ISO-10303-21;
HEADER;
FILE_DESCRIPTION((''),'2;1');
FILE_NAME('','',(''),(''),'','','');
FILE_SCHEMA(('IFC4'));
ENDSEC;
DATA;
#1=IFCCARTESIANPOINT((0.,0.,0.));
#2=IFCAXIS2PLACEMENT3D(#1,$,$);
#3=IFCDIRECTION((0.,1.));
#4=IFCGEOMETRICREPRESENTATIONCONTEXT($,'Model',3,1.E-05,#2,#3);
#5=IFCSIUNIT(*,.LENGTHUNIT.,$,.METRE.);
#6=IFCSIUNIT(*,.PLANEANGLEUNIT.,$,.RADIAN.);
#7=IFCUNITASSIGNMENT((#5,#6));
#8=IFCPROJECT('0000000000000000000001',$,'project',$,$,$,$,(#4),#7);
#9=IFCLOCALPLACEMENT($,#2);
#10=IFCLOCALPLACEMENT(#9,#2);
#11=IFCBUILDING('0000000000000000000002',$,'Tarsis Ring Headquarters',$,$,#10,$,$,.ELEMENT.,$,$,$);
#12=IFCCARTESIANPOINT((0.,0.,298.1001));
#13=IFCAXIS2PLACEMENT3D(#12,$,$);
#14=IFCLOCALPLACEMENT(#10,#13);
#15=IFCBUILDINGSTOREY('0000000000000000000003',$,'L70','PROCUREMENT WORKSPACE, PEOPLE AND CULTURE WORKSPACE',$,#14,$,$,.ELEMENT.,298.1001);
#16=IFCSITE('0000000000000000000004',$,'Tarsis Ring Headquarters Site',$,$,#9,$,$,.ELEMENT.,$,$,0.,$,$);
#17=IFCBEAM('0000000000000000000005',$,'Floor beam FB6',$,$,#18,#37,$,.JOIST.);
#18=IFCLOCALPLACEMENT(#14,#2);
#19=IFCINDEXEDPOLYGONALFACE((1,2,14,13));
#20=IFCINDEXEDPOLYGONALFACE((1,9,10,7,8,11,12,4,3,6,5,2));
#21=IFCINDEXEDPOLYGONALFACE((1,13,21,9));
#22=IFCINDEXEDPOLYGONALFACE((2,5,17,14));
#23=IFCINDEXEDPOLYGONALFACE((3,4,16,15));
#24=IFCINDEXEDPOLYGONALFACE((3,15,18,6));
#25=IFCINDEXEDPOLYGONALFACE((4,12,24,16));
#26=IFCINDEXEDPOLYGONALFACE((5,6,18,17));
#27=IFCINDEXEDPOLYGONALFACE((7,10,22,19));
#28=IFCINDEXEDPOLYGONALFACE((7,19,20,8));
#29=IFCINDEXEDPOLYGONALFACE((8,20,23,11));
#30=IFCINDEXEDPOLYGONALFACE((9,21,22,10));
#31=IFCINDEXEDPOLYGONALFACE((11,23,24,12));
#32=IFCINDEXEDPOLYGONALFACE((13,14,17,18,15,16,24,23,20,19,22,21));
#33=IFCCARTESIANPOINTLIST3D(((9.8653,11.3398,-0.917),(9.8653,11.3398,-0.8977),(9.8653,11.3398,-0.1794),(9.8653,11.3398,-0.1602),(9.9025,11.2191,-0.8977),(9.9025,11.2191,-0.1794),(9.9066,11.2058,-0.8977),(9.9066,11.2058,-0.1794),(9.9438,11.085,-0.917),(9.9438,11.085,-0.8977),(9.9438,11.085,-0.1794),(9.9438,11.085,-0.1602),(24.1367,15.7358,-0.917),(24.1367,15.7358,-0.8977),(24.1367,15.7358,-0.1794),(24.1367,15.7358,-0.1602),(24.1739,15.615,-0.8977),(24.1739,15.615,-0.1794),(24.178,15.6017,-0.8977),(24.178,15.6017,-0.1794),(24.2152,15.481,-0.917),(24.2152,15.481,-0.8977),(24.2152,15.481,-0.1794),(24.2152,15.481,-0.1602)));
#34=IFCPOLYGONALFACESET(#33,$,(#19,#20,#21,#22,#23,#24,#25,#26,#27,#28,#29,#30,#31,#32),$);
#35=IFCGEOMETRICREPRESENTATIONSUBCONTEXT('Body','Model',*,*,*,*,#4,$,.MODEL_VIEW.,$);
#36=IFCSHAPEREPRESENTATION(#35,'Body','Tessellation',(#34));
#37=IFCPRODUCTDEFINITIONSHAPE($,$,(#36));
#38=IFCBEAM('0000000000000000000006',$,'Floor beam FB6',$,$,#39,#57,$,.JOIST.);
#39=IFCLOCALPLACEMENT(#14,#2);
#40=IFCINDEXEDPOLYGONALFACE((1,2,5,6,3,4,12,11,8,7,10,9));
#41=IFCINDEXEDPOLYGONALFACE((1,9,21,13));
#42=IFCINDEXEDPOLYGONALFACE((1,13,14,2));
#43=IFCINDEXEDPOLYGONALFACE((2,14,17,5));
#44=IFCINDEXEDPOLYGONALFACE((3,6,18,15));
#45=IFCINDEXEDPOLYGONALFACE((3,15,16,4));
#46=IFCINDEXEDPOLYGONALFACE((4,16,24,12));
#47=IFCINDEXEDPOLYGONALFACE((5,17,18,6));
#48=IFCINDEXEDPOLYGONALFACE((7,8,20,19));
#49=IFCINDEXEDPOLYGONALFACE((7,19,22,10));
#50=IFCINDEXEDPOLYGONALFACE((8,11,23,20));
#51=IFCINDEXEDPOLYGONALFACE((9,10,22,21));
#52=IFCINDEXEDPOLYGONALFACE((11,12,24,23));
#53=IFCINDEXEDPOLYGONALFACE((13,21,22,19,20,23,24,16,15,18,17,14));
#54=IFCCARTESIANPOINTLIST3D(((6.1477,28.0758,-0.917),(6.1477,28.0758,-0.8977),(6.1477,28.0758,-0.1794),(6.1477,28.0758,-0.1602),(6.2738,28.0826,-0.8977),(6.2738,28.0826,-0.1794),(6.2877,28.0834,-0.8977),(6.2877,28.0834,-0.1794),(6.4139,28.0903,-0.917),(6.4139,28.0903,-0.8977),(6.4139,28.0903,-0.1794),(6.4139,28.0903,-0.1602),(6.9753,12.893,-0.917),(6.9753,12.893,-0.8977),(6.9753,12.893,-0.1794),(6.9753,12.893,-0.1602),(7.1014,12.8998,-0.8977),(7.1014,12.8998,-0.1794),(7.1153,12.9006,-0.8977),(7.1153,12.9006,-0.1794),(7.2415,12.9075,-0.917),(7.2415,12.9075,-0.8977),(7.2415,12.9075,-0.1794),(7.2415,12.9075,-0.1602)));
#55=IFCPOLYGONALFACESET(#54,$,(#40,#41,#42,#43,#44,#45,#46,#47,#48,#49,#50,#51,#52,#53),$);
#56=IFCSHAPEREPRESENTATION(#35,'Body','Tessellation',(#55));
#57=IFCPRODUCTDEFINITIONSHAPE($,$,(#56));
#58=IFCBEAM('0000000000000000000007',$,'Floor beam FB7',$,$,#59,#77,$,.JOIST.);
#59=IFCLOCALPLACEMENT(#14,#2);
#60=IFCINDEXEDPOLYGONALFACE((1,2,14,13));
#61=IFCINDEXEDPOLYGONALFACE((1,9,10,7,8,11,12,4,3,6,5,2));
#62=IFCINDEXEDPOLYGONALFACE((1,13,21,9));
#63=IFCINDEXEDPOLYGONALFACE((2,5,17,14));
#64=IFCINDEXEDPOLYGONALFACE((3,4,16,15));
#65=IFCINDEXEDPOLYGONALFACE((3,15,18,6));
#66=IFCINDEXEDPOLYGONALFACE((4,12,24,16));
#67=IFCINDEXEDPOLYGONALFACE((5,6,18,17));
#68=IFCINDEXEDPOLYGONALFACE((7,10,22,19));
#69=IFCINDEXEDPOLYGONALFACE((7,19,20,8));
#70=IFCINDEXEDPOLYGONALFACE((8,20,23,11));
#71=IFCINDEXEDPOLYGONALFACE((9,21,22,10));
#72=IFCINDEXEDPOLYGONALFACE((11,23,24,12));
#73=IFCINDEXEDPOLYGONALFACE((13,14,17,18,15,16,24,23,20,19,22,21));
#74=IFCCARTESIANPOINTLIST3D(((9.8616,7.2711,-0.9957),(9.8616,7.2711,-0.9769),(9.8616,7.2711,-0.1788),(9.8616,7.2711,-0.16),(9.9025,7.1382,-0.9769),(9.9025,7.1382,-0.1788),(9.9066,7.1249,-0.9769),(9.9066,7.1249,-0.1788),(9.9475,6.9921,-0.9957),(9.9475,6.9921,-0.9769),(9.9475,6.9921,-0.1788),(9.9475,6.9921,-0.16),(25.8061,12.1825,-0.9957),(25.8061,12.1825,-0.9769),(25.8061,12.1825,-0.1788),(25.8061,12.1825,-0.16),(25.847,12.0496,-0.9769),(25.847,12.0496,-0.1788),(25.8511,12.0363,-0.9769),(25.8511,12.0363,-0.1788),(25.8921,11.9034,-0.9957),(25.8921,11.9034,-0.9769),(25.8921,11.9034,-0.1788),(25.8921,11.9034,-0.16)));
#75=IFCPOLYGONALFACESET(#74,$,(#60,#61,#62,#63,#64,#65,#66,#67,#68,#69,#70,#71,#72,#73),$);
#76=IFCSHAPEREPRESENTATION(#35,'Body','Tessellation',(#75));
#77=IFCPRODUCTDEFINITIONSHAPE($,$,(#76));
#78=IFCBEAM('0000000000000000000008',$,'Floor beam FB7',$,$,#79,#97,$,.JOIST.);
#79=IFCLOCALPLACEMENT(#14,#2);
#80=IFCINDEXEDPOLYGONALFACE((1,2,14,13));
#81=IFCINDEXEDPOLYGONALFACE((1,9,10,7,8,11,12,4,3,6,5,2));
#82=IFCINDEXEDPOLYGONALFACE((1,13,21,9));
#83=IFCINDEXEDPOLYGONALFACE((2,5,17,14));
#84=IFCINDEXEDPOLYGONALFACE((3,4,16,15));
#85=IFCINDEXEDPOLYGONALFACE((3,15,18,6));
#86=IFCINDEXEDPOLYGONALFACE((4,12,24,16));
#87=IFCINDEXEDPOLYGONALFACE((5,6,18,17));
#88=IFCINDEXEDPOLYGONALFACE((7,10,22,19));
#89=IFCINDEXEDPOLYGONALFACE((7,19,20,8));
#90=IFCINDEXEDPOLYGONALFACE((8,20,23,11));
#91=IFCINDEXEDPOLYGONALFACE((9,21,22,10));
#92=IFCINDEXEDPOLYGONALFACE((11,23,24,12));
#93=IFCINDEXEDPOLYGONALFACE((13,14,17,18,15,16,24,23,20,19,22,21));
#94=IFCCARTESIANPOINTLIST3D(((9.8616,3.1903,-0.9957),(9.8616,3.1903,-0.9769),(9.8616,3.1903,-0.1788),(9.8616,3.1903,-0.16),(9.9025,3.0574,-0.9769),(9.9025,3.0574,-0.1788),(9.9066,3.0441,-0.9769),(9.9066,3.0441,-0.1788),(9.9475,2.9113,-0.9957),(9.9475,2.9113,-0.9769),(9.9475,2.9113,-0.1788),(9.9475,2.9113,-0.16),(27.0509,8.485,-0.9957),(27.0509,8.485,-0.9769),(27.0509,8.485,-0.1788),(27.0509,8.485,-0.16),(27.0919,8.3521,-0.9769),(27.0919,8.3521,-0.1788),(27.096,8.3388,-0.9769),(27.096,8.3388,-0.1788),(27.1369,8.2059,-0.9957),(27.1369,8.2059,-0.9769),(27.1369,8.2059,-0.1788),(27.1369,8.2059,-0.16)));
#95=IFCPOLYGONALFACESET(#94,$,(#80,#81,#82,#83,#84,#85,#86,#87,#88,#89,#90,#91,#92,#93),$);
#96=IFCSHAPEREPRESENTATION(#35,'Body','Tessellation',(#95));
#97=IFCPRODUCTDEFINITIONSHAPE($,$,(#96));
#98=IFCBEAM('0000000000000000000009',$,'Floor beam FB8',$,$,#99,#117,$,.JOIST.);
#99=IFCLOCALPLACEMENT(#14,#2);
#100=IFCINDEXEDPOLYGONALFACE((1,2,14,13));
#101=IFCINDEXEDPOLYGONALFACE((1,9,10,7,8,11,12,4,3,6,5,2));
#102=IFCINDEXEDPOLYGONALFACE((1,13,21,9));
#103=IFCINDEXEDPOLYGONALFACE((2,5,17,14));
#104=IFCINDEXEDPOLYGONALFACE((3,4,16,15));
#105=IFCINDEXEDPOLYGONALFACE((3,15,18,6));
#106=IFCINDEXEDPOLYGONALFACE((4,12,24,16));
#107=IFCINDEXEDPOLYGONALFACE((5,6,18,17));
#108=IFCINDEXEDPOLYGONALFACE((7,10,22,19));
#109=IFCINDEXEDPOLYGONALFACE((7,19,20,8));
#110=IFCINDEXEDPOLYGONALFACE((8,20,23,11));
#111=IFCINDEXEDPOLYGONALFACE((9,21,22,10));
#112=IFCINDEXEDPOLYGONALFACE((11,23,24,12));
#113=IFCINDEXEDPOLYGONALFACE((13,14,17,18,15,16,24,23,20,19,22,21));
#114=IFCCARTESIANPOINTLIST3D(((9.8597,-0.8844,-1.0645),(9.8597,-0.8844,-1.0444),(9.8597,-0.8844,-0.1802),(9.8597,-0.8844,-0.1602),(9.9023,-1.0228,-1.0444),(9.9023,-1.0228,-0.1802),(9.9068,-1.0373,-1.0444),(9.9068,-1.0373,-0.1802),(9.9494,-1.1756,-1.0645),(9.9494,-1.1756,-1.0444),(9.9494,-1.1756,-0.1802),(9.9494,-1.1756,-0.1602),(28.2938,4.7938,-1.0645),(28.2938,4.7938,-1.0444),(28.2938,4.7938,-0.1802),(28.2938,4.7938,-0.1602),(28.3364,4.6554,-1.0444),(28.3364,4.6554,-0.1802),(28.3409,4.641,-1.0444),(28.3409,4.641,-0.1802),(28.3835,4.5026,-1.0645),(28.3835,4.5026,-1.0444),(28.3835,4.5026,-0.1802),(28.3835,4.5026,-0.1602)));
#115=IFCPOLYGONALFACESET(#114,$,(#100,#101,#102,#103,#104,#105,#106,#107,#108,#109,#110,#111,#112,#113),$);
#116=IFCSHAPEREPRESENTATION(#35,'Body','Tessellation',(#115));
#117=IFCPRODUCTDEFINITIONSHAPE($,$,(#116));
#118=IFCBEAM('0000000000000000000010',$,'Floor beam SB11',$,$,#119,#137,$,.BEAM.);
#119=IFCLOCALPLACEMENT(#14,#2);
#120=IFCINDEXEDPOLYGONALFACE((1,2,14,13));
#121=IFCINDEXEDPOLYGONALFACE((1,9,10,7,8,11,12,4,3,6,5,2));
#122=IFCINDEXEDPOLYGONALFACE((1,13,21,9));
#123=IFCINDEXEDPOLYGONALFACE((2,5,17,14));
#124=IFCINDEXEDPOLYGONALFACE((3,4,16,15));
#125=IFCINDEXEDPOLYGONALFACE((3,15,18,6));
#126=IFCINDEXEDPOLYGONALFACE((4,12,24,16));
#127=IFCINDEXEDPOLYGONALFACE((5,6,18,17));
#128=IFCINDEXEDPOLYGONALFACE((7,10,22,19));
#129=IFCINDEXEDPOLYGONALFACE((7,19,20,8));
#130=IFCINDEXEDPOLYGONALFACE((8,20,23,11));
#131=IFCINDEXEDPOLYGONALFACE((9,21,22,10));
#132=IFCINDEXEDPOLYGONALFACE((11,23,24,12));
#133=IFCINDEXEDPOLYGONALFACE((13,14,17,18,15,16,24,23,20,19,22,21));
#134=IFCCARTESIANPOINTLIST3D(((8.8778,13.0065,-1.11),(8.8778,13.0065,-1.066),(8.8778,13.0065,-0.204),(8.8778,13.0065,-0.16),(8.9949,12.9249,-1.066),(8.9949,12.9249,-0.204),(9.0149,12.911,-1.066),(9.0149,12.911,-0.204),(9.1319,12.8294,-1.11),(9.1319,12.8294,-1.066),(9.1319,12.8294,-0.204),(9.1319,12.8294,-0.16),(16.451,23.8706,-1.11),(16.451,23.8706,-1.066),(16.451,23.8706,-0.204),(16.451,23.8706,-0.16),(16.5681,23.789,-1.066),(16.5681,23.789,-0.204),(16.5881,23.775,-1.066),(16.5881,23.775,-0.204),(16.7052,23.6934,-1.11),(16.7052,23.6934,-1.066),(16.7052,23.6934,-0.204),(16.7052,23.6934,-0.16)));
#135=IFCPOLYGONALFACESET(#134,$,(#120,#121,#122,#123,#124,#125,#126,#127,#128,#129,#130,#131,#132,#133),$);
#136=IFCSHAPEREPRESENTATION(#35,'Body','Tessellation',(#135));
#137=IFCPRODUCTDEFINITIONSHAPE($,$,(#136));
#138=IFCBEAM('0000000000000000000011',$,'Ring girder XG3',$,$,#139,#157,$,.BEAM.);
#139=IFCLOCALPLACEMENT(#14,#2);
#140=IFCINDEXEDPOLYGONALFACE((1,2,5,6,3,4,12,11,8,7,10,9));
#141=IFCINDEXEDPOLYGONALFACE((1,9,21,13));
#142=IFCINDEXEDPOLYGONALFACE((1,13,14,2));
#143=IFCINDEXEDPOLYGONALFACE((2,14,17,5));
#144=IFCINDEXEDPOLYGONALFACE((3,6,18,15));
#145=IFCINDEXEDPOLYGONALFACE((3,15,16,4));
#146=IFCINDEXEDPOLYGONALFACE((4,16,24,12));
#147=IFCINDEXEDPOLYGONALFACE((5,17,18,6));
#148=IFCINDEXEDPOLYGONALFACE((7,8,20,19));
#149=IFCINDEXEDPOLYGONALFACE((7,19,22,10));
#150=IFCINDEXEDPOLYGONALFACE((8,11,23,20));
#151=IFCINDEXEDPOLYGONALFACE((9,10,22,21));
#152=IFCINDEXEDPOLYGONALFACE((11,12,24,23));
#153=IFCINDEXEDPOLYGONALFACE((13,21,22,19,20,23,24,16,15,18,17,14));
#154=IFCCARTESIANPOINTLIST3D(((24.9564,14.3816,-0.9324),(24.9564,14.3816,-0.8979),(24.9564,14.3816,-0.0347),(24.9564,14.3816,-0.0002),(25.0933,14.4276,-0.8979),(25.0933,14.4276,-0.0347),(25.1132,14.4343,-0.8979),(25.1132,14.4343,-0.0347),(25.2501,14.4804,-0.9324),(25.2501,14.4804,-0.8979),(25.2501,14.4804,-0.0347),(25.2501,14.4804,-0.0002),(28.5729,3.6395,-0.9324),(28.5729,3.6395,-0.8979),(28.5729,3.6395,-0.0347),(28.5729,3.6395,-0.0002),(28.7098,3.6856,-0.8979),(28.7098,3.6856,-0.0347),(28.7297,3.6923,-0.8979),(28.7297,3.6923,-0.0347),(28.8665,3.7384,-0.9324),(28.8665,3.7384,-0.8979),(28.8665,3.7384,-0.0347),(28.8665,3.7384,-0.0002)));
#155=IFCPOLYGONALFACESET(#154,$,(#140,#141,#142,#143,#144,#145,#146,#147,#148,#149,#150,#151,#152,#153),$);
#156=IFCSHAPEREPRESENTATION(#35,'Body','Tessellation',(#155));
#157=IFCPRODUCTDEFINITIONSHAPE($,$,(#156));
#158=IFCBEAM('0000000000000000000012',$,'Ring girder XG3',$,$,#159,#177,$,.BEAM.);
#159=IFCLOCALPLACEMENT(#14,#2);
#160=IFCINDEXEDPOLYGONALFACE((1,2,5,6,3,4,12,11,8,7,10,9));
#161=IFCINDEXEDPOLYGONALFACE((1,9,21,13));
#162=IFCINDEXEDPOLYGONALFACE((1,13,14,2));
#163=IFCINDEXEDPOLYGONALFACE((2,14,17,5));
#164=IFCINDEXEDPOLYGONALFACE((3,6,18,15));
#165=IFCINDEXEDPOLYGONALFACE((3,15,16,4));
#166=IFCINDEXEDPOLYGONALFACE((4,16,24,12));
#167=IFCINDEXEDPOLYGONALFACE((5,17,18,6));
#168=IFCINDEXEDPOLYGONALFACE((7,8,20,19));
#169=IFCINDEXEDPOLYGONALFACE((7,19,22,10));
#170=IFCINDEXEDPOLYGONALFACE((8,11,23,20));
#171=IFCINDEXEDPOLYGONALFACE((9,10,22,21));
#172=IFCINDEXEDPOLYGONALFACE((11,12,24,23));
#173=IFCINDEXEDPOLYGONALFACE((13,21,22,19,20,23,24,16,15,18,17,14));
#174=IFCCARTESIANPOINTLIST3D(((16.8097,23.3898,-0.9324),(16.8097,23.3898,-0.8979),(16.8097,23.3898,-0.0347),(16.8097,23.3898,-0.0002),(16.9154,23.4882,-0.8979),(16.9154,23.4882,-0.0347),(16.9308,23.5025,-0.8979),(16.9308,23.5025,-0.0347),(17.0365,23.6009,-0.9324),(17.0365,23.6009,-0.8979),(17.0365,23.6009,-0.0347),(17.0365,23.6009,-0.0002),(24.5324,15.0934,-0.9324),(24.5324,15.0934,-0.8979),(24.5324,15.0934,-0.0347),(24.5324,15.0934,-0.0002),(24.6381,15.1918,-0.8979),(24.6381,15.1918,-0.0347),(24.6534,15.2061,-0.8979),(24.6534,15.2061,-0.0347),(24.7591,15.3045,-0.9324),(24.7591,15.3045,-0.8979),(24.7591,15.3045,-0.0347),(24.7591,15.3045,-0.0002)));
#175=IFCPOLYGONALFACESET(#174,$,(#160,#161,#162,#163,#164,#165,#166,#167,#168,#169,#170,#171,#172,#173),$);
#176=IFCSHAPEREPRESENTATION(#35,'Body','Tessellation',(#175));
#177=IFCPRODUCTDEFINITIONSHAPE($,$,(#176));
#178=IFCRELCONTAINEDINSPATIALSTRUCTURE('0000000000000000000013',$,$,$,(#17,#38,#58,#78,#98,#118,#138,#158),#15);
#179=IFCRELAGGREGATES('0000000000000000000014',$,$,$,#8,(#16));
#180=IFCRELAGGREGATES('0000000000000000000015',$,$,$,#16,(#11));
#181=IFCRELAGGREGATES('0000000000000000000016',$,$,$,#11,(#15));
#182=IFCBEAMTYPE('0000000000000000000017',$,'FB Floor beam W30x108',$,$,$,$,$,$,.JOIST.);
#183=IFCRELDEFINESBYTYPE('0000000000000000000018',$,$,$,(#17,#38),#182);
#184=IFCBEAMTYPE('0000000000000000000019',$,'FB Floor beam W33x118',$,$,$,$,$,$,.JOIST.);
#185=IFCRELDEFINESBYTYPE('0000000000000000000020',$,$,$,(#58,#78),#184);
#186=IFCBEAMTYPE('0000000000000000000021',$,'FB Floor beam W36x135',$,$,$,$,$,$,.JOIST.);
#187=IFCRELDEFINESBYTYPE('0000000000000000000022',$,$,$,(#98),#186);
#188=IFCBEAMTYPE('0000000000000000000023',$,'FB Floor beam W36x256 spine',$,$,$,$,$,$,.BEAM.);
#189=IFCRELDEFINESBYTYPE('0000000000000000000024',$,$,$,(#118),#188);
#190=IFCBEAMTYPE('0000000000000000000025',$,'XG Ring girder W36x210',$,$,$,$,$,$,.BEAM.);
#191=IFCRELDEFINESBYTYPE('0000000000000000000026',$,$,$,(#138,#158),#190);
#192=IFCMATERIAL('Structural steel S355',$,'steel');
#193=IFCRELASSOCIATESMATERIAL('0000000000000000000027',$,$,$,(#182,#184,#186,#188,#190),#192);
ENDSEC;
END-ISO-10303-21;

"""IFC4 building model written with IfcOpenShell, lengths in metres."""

from ifc_helpers import new_model, si_unit, direction, frame, origin, origin_2d, place, context, subcontext, project, spatial, i_section, extrude, material, material_profile, profile_set, type_object, element, save


model = new_model("IFC4")

# Units and contexts
model_context = context("Model", 3, precision=1e-05, world=origin(), true_north=direction((0.0, 1.0)))
body_context = subcontext(model_context, "Body", "Model", "MODEL_VIEW")
ifc_project = project(units=[si_unit("LENGTHUNIT", "METRE"), si_unit("PLANEANGLEUNIT", "RADIAN")], contexts=[model_context])

# Site, building, storey
site_placement = place(None, origin())
site = spatial("IfcSite", under=ifc_project, at=site_placement, Name="Tarsis Ring Headquarters Site", CompositionType="ELEMENT", RefElevation=0.0)
building_placement = place(site_placement, origin())
building = spatial("IfcBuilding", under=site, at=building_placement, Name="Tarsis Ring Headquarters", CompositionType="ELEMENT")
storey_placement = place(building_placement, frame((0.0, 0.0, 298.1001)))
storey = spatial("IfcBuildingStorey", under=building, at=storey_placement, Name="L70", Description="PROCUREMENT WORKSPACE, PEOPLE AND CULTURE WORKSPACE", CompositionType="ELEMENT", Elevation=298.1001)

# Shared definitions
ifc_material_1 = material(Name="Structural steel S355", Category="steel")

# Beams
ifc_material_profile_1 = material_profile(ifc_material_1, i_section(OverallWidth=0.2666, OverallDepth=0.7568, WebThickness=0.0139, FlangeThickness=0.0193, at=origin_2d()), Name="W30x108")
ifc_profile_set_1 = profile_set([ifc_material_profile_1], Name="Structural steel S355")
beam_type_1 = type_object("IfcBeamType", Name="FB Floor beam W30x108", PredefinedType="JOIST", material=ifc_profile_set_1)
beam_1_placement = place(storey_placement, frame((9.9045, 11.2124, -0.5386), z_axis=(0.955689, 0.294378, 0.0), x_axis=(-0.294378, 0.955689, 0.0)))
element("IfcBeam", 1, at=beam_1_placement, inside=storey, type_object=beam_type_1, Name="Floor beam FB6", PredefinedType="JOIST", context=body_context, shape_type="SweptSolid", body=[
    extrude(i_section(OverallWidth=0.2666, OverallDepth=0.7568, WebThickness=0.0139, FlangeThickness=0.0193, at=origin_2d()), origin(), (0.0, 0.0, 1.0), 14.9331),
])
beam_2_placement = place(storey_placement, frame((6.2808, 28.083, -0.5386), z_axis=(0.05443, -0.998518, 0.0), x_axis=(0.998518, 0.05443, 0.0)))
element("IfcBeam", 2, at=beam_2_placement, inside=storey, type_object=beam_type_1, Name="Floor beam FB6", PredefinedType="JOIST", context=body_context, shape_type="SweptSolid", body=[
    extrude(i_section(OverallWidth=0.2666, OverallDepth=0.7568, WebThickness=0.0139, FlangeThickness=0.0193, at=origin_2d()), origin(), (0.0, 0.0, 1.0), 15.2053),
])
ifc_material_profile_2 = material_profile(ifc_material_1, i_section(OverallWidth=0.292, OverallDepth=0.8357, WebThickness=0.0139, FlangeThickness=0.0188, at=origin_2d()), Name="W33x118")
ifc_profile_set_2 = profile_set([ifc_material_profile_2], Name="Structural steel S355")
beam_type_2 = type_object("IfcBeamType", Name="FB Floor beam W33x118", PredefinedType="JOIST", material=ifc_profile_set_2)
beam_3_placement = place(storey_placement, frame((9.9045, 7.1316, -0.5779), z_axis=(0.955689, 0.294379, 0.0), x_axis=(-0.294379, 0.955689, 0.0)))
element("IfcBeam", 3, at=beam_3_placement, inside=storey, type_object=beam_type_2, Name="Floor beam FB7", PredefinedType="JOIST", context=body_context, shape_type="SweptSolid", body=[
    extrude(i_section(OverallWidth=0.292, OverallDepth=0.8357, WebThickness=0.0139, FlangeThickness=0.0188, at=origin_2d()), origin(), (0.0, 0.0, 1.0), 16.6838),
])
beam_4_placement = place(storey_placement, frame((9.9045, 3.0508, -0.5779), z_axis=(0.955691, 0.294371, 0.0), x_axis=(-0.294371, 0.955691, 0.0)))
element("IfcBeam", 4, at=beam_4_placement, inside=storey, type_object=beam_type_2, Name="Floor beam FB7", PredefinedType="JOIST", context=body_context, shape_type="SweptSolid", body=[
    extrude(i_section(OverallWidth=0.292, OverallDepth=0.8357, WebThickness=0.0139, FlangeThickness=0.0188, at=origin_2d()), origin(), (0.0, 0.0, 1.0), 17.9863),
])
ifc_material_profile_3 = material_profile(ifc_material_1, i_section(OverallWidth=0.3047, OverallDepth=0.9043, WebThickness=0.0151, FlangeThickness=0.02, at=origin_2d()), Name="W36x135")
ifc_profile_set_3 = profile_set([ifc_material_profile_3], Name="Structural steel S355")
beam_type_3 = type_object("IfcBeamType", Name="FB Floor beam W36x135", PredefinedType="JOIST", material=ifc_profile_set_3)
beam_5_placement = place(storey_placement, frame((9.9045, -1.03, -0.6123), z_axis=(0.955689, 0.294379, 0.0), x_axis=(-0.294379, 0.955689, 0.0)))
element("IfcBeam", 5, at=beam_5_placement, inside=storey, type_object=beam_type_3, Name="Floor beam FB8", PredefinedType="JOIST", context=body_context, shape_type="SweptSolid", body=[
    extrude(i_section(OverallWidth=0.3047, OverallDepth=0.9043, WebThickness=0.0151, FlangeThickness=0.02, at=origin_2d()), origin(), (0.0, 0.0, 1.0), 19.2888),
])
ifc_material_profile_4 = material_profile(ifc_material_1, i_section(OverallWidth=0.3098, OverallDepth=0.95, WebThickness=0.0244, FlangeThickness=0.0439, at=origin_2d()), Name="W36x256")
ifc_profile_set_4 = profile_set([ifc_material_profile_4], Name="Structural steel S355")
beam_type_4 = type_object("IfcBeamType", Name="FB Floor beam W36x256 spine", PredefinedType="BEAM", material=ifc_profile_set_4)
beam_6_placement = place(storey_placement, frame((16.5781, 23.782, -0.635), z_axis=(-0.571861, -0.82035, 0.0), x_axis=(0.82035, -0.571861, 0.0)))
element("IfcBeam", 6, at=beam_6_placement, inside=storey, type_object=beam_type_4, Name="Floor beam SB11", PredefinedType="BEAM", context=body_context, shape_type="SweptSolid", body=[
    extrude(i_section(OverallWidth=0.3098, OverallDepth=0.95, WebThickness=0.0244, FlangeThickness=0.0439, at=origin_2d()), origin(), (0.0, 0.0, 1.0), 13.2432),
])
ifc_material_profile_5 = material_profile(ifc_material_1, i_section(OverallWidth=0.3098, OverallDepth=0.9321, WebThickness=0.021, FlangeThickness=0.0344, at=origin_2d()), Name="W36x210")
ifc_profile_set_5 = profile_set([ifc_material_profile_5], Name="Structural steel S355")
beam_type_5 = type_object("IfcBeamType", Name="XG Ring girder W36x210", PredefinedType="BEAM", material=ifc_profile_set_5)
for number, where, z_axis, x_axis, name in (
    (7, (28.7197, 3.689, -0.4663), (-0.31907, 0.947731, 0.0), (-0.947731, -0.31907, 0.0), "Ring girder XG3"),
    (8, (24.6458, 15.199, -0.4663), (-0.681345, 0.731963, 0.0), (-0.731963, -0.681345, 0.0), "Ring girder XG3"),
):
    element("IfcBeam", number, at=place(storey_placement, frame(where, z_axis=z_axis, x_axis=x_axis)), inside=storey, type_object=beam_type_5, Name=name, PredefinedType="BEAM", context=body_context, shape_type="SweptSolid", body=[
        extrude(i_section(OverallWidth=0.3098, OverallDepth=0.9321, WebThickness=0.021, FlangeThickness=0.0344, at=origin_2d()), origin(), (0.0, 0.0, 1.0), 11.3345),
    ])

save(model, "model.ifc")
